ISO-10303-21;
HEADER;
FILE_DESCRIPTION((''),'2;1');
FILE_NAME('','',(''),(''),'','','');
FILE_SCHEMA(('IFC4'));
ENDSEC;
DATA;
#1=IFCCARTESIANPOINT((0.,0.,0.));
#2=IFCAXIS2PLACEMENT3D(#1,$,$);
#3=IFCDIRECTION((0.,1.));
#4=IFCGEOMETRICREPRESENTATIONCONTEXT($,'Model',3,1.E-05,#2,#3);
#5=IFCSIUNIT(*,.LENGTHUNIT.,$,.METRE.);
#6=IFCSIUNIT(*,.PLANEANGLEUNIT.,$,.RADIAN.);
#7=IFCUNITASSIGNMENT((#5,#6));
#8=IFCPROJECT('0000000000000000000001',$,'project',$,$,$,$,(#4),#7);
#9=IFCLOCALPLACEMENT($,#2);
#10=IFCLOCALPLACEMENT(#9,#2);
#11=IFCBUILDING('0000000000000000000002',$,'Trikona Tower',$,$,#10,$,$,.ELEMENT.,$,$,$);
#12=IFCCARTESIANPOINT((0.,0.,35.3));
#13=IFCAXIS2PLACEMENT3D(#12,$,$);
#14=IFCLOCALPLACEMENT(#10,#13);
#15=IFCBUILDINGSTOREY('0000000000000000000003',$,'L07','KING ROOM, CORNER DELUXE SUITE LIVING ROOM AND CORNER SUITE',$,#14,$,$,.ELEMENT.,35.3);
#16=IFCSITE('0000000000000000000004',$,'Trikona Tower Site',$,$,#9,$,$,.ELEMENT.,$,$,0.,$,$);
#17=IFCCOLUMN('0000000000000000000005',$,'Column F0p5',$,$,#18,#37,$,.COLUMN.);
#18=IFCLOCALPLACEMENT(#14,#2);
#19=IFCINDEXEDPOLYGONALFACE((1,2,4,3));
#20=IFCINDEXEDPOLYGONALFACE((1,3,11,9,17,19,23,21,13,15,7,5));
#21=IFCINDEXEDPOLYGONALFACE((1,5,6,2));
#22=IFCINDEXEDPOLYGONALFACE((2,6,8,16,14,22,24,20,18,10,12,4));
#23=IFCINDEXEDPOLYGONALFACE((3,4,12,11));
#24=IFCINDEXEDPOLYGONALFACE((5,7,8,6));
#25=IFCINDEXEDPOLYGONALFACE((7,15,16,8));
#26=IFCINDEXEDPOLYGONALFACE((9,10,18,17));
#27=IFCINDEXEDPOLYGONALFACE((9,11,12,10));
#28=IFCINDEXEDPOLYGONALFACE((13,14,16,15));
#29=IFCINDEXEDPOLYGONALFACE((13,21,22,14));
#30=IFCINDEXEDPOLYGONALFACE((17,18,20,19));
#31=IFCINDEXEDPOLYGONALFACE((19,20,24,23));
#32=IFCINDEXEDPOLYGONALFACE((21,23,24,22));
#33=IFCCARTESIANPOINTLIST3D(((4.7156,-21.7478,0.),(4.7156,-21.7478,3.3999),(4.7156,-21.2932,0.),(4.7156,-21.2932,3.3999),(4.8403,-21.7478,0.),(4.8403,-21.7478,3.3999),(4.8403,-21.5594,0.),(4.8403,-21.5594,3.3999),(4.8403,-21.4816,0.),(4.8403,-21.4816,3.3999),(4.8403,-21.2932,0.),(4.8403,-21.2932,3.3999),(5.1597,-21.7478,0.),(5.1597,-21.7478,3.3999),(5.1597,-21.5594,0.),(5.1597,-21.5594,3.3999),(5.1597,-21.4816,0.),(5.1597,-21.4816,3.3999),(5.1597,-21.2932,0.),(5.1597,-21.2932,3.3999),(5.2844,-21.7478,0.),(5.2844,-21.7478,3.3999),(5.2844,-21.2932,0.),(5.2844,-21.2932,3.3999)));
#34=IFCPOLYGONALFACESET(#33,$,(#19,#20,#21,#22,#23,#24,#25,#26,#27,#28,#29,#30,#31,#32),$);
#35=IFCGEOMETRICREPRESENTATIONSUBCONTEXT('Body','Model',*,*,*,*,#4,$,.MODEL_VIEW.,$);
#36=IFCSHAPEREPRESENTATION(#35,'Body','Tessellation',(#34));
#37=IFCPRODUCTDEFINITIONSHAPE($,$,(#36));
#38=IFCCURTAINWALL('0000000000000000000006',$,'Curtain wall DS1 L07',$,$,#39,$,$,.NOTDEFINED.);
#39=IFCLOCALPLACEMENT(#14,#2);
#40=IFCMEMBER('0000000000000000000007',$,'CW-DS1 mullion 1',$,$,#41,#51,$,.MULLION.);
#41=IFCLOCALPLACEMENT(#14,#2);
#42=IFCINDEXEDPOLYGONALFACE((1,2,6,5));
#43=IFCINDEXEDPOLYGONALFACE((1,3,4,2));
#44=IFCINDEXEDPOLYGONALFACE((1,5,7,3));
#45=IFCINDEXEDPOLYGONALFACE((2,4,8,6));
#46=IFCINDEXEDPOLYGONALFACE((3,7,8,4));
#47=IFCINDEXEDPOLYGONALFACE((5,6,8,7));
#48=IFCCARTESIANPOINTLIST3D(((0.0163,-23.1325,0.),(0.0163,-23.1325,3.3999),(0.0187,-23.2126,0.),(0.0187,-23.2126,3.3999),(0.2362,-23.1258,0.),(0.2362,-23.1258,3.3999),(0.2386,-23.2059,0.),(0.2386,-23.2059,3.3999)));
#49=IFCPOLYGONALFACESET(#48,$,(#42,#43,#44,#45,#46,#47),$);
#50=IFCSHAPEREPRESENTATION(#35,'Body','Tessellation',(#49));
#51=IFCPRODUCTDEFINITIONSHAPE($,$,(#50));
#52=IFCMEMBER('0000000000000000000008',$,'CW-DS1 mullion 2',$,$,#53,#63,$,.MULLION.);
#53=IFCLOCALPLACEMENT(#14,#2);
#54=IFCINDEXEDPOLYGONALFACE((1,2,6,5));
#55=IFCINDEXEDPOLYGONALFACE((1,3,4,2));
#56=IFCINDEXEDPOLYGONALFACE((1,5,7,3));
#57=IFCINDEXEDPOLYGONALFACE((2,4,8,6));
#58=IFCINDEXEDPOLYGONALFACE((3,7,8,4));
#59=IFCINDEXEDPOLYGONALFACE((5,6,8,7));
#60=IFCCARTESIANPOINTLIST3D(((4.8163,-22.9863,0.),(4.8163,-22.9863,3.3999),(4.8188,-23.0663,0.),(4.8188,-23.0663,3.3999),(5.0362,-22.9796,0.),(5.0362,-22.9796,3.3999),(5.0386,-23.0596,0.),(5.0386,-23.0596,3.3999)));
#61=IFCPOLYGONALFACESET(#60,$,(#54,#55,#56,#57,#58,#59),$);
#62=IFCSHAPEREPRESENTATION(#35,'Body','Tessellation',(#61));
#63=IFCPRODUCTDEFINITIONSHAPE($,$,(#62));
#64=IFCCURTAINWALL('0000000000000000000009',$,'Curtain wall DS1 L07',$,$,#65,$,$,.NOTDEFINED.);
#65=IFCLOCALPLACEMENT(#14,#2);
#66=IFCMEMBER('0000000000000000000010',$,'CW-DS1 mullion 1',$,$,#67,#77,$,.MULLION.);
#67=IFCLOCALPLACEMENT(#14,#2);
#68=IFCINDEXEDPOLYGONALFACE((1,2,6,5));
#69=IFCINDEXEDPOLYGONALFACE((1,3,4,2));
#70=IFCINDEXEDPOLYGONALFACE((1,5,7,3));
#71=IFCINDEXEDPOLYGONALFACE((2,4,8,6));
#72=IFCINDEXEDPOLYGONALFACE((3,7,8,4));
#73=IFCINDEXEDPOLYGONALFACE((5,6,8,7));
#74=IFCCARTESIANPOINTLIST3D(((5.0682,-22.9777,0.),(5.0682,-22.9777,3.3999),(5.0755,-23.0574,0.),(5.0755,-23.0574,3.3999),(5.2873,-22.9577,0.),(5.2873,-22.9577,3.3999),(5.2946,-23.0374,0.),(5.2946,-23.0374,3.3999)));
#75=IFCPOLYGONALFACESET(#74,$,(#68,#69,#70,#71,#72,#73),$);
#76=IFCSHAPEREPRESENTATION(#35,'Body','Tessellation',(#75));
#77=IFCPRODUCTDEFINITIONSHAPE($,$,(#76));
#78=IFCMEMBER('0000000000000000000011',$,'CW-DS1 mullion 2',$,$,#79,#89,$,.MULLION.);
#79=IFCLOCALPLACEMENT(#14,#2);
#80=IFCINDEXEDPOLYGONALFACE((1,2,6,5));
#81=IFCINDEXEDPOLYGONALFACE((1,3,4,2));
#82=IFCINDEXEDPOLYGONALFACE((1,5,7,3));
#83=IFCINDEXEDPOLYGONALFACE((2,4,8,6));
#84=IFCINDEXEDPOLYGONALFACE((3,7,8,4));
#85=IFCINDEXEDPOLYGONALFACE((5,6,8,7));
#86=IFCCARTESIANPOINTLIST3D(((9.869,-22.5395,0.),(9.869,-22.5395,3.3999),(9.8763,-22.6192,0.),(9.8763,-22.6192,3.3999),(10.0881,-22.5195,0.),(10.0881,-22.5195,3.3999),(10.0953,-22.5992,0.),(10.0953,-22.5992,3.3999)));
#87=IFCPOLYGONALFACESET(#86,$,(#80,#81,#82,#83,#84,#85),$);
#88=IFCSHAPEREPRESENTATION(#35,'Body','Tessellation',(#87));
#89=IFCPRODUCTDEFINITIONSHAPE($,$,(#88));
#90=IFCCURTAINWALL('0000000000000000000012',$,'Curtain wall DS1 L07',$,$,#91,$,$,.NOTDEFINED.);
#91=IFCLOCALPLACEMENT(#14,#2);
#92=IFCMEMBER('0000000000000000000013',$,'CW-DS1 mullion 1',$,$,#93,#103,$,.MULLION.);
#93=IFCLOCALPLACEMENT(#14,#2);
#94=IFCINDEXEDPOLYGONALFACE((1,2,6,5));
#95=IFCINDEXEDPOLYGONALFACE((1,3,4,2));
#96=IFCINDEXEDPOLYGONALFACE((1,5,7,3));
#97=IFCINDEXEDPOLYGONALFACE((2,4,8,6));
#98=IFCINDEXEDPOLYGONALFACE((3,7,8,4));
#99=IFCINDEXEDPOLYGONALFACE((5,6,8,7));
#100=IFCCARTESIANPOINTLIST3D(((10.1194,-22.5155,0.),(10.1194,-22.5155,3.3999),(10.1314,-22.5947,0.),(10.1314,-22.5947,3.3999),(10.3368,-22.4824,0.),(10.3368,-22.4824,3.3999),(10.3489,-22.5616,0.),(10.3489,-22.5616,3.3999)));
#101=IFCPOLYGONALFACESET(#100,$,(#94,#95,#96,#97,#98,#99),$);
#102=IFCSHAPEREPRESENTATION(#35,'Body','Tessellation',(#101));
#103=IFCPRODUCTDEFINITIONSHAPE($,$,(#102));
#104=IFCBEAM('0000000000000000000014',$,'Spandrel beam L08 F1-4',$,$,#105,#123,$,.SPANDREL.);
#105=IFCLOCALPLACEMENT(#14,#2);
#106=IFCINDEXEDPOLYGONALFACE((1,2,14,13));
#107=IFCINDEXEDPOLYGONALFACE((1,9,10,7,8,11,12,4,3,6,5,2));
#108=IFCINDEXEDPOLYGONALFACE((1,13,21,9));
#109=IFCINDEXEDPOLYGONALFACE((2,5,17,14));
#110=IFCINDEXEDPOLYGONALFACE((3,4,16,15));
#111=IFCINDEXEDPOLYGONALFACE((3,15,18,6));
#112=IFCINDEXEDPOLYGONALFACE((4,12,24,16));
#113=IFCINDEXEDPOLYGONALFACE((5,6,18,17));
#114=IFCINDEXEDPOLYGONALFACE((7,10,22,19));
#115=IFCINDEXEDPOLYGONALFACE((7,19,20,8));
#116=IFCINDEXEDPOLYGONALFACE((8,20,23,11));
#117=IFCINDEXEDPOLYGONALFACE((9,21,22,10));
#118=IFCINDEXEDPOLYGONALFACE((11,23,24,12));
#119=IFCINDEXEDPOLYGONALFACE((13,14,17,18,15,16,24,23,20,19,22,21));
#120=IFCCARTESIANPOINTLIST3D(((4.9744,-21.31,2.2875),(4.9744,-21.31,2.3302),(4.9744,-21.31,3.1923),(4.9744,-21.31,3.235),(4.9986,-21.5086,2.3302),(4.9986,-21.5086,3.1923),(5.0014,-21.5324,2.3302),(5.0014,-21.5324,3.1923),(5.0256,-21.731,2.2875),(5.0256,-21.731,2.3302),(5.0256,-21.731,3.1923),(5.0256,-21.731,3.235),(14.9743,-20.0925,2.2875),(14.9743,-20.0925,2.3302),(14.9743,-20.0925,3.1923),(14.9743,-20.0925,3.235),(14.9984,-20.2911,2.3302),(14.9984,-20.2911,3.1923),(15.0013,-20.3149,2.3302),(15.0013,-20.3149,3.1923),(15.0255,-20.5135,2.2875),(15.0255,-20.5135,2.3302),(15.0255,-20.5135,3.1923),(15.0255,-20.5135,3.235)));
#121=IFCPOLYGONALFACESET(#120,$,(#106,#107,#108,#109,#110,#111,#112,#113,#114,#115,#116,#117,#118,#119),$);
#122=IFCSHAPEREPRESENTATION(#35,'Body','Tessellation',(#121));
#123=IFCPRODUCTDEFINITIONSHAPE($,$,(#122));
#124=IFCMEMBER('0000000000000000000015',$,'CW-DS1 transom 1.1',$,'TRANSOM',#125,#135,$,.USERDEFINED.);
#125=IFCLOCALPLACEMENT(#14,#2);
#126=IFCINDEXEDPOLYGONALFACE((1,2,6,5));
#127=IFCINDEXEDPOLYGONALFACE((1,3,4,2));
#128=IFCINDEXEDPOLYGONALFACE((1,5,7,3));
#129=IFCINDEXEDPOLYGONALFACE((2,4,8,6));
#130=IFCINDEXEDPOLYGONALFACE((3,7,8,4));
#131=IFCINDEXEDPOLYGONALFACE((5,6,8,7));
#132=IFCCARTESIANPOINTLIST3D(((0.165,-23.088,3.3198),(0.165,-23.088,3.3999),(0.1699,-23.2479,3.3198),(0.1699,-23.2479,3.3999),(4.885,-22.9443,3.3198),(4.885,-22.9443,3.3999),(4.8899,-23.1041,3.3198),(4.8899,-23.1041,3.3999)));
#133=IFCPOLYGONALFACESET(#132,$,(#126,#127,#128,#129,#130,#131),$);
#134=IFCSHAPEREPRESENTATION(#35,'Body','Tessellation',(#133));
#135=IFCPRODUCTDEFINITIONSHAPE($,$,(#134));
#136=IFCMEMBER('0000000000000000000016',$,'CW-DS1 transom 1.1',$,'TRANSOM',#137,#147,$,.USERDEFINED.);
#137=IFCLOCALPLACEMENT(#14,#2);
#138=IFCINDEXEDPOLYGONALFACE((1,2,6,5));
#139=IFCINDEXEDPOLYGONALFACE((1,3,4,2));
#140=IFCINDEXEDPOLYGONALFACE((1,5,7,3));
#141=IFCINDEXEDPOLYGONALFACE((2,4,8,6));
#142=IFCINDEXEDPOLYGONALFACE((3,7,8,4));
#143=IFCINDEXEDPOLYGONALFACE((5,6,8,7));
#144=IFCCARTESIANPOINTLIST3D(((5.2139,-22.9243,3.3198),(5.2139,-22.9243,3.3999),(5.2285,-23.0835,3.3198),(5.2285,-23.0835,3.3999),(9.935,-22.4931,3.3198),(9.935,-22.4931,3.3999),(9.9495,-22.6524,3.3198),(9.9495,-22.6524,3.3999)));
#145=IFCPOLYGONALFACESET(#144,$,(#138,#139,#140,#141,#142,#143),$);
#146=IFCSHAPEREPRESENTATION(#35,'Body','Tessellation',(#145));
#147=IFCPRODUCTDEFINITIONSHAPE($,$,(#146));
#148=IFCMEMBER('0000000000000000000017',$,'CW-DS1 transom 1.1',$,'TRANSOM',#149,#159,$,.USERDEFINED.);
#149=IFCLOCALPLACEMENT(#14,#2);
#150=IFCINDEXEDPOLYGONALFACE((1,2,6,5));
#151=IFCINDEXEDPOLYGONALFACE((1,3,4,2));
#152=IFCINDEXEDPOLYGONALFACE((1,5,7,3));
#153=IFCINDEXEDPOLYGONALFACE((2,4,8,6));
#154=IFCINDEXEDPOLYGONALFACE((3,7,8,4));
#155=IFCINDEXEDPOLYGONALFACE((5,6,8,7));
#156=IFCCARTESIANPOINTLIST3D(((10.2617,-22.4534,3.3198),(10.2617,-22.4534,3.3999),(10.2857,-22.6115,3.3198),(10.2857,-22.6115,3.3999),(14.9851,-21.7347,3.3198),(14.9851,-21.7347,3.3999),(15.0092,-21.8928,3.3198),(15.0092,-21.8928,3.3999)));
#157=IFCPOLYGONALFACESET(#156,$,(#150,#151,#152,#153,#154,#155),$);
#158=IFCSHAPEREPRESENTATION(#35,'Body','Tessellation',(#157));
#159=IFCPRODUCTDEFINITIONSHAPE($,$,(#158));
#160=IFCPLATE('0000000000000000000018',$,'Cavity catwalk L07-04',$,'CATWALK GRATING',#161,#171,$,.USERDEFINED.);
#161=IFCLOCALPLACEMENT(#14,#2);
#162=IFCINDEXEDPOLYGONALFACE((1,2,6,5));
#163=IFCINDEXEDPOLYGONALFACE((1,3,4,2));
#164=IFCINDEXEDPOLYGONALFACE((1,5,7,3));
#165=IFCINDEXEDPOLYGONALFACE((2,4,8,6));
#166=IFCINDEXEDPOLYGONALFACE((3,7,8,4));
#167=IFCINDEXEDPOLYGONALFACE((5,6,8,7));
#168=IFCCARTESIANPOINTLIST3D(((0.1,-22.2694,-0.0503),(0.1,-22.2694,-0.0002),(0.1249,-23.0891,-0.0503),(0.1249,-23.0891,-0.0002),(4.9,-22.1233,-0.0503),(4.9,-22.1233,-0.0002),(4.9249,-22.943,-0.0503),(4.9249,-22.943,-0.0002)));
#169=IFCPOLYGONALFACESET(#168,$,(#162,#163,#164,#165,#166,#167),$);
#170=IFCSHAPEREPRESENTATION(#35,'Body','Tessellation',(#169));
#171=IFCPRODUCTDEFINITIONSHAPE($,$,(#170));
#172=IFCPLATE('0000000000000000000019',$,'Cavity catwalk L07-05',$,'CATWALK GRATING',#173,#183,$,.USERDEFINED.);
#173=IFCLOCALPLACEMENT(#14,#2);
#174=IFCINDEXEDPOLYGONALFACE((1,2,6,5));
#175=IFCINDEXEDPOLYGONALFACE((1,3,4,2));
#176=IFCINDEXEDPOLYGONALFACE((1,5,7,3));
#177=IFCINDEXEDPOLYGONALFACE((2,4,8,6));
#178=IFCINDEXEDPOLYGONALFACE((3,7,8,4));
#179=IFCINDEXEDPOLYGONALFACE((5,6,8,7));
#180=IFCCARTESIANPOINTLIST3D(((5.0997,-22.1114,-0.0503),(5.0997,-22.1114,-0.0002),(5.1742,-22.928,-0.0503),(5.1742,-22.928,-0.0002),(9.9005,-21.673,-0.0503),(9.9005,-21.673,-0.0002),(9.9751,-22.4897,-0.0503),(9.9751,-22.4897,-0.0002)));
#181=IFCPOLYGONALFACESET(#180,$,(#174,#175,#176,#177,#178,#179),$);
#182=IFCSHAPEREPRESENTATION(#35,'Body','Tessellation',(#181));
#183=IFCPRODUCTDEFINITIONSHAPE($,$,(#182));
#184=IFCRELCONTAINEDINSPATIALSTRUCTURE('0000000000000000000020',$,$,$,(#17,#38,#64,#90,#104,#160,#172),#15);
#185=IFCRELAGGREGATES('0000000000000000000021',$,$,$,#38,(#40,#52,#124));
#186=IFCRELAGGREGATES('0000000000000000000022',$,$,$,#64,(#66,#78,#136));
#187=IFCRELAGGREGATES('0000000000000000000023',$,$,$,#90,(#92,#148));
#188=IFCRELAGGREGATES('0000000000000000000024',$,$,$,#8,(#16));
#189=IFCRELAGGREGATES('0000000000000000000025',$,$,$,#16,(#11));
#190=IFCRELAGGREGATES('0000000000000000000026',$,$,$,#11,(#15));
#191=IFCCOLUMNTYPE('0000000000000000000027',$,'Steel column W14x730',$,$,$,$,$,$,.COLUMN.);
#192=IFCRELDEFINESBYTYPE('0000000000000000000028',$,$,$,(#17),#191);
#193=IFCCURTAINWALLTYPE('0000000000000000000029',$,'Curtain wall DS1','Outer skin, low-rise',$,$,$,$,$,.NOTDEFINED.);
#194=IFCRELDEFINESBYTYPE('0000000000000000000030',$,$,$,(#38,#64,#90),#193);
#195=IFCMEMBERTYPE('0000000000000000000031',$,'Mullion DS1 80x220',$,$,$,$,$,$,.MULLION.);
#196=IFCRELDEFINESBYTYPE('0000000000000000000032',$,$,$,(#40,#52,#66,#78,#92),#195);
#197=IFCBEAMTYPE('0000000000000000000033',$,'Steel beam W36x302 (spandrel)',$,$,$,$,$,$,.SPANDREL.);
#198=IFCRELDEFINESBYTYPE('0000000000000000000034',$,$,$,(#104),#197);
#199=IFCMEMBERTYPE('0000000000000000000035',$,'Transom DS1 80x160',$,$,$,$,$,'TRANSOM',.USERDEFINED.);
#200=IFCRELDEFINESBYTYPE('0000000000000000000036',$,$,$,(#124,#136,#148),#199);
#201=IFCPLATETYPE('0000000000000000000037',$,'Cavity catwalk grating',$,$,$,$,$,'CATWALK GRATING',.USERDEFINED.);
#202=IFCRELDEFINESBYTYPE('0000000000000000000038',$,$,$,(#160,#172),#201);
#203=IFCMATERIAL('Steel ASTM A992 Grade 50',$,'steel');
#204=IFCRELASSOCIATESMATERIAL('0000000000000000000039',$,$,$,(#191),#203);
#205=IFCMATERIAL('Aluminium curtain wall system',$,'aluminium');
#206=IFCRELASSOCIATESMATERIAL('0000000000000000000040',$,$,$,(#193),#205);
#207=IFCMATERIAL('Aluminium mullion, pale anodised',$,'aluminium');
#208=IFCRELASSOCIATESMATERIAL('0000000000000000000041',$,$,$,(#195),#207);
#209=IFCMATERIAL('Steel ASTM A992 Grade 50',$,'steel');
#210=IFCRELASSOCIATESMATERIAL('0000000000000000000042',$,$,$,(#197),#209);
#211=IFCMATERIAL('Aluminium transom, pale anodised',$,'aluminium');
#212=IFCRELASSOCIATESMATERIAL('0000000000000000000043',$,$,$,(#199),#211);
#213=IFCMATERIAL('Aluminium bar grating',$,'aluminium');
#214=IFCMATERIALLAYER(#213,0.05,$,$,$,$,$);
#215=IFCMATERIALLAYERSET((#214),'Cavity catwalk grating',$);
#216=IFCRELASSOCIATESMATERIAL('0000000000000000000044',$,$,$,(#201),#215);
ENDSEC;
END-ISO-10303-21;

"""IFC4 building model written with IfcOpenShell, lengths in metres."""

from ifc_helpers import new_model, si_unit, direction, frame, origin, origin_2d, place, context, subcontext, project, spatial, rectangle, i_section, extrude, material, layer, layer_set, material_profile, profile_set, type_object, element, aggregate, save


model = new_model("IFC4")

# Units and contexts
model_context = context("Model", 3, precision=1e-05, world=origin(), true_north=direction((0.0, 1.0)))
body_context = subcontext(model_context, "Body", "Model", "MODEL_VIEW")
ifc_project = project(units=[si_unit("LENGTHUNIT", "METRE"), si_unit("PLANEANGLEUNIT", "RADIAN")], contexts=[model_context])

# Site, building, storey
site_placement = place(None, origin())
site = spatial("IfcSite", under=ifc_project, at=site_placement, Name="Trikona Tower Site", CompositionType="ELEMENT", RefElevation=0.0)
building_placement = place(site_placement, origin())
building = spatial("IfcBuilding", under=site, at=building_placement, Name="Trikona Tower", CompositionType="ELEMENT")
storey_placement = place(building_placement, frame((0.0, 0.0, 35.3)))
storey = spatial("IfcBuildingStorey", under=building, at=storey_placement, Name="L07", Description="KING ROOM, CORNER DELUXE SUITE LIVING ROOM AND CORNER SUITE", CompositionType="ELEMENT", Elevation=35.3)

# Column
ifc_material_1 = material(Name="Steel ASTM A992 Grade 50", Category="steel")
ifc_material_profile_1 = material_profile(ifc_material_1, i_section(OverallWidth=0.4546, OverallDepth=0.5688, WebThickness=0.0779, FlangeThickness=0.1248, at=origin_2d()), Name="W14X730")
ifc_profile_set_1 = profile_set([ifc_material_profile_1], Name="Steel ASTM A992 Grade 50")
column_type = type_object("IfcColumnType", Name="Steel column W14x730", PredefinedType="COLUMN", material=ifc_profile_set_1)
column_placement = place(storey_placement, frame((5.0, -21.5205, 0.0), z_axis=(0.0, 0.0, 1.0), x_axis=(0.0, -1.0, 0.0)))
element("IfcColumn", 1, at=column_placement, inside=storey, type_object=column_type, Name="Column F0p5", PredefinedType="COLUMN", context=body_context, shape_type="SweptSolid", body=[
    extrude(i_section(OverallWidth=0.4546, OverallDepth=0.5688, WebThickness=0.0779, FlangeThickness=0.1248, at=origin_2d()), origin(), (0.0, 0.0, 1.0), 3.3999),
])

# Curtain walls, members
ifc_material_2 = material(Name="Aluminium curtain wall system", Category="aluminium")
curtain_wall_type = type_object("IfcCurtainWallType", Name="Curtain wall DS1", Description="Outer skin, low-rise", PredefinedType="NOTDEFINED", material=ifc_material_2)
curtain_wall_1_placement = place(storey_placement, origin())
curtain_wall_1 = element("IfcCurtainWall", 2, at=curtain_wall_1_placement, inside=storey, type_object=curtain_wall_type, Name="Curtain wall DS1 L07", PredefinedType="NOTDEFINED")
ifc_material_3 = material(Name="Aluminium mullion, pale anodised", Category="aluminium")
ifc_material_profile_2 = material_profile(ifc_material_3, rectangle(XDim=0.0801, YDim=0.22, at=origin_2d()), Name="MUL-DS1")
ifc_profile_set_2 = profile_set([ifc_material_profile_2], Name="Aluminium mullion, pale anodised")
member_type_1 = type_object("IfcMemberType", Name="Mullion DS1 80x220", PredefinedType="MULLION", material=ifc_profile_set_2)
member_1_placement = place(storey_placement, frame((0.1274, -23.1692, 0.0), z_axis=(0.0, 0.0, 1.0), x_axis=(-0.030437, 0.999537, 0.0)))
member_1 = element("IfcMember", 3, at=member_1_placement, type_object=member_type_1, Name="CW-DS1 mullion 1", PredefinedType="MULLION", context=body_context, shape_type="SweptSolid", body=[
    extrude(rectangle(XDim=0.0801, YDim=0.22, at=origin_2d()), origin(), (0.0, 0.0, 1.0), 3.3999),
])
member_2_placement = place(storey_placement, frame((4.9275, -23.0229, 0.0), z_axis=(0.0, 0.0, 1.0), x_axis=(-0.030437, 0.999537, 0.0)))
member_2 = element("IfcMember", 4, at=member_2_placement, type_object=member_type_1, Name="CW-DS1 mullion 2", PredefinedType="MULLION", context=body_context, shape_type="SweptSolid", body=[
    extrude(rectangle(XDim=0.0801, YDim=0.22, at=origin_2d()), origin(), (0.0, 0.0, 1.0), 3.3999),
])
curtain_wall_2_placement = place(storey_placement, origin())
curtain_wall_2 = element("IfcCurtainWall", 5, at=curtain_wall_2_placement, inside=storey, type_object=curtain_wall_type, Name="Curtain wall DS1 L07", PredefinedType="NOTDEFINED")
member_3_placement = place(storey_placement, frame((5.1814, -23.0076, 0.0), z_axis=(0.0, 0.0, 1.0), x_axis=(-0.090924, 0.995858, 0.0)))
member_3 = element("IfcMember", 6, at=member_3_placement, type_object=member_type_1, Name="CW-DS1 mullion 1", PredefinedType="MULLION", context=body_context, shape_type="SweptSolid", body=[
    extrude(rectangle(XDim=0.0801, YDim=0.22, at=origin_2d()), origin(), (0.0, 0.0, 1.0), 3.3999),
])
member_4_placement = place(storey_placement, frame((9.9822, -22.5693, 0.0), z_axis=(0.0, 0.0, 1.0), x_axis=(-0.090924, 0.995858, 0.0)))
member_4 = element("IfcMember", 7, at=member_4_placement, type_object=member_type_1, Name="CW-DS1 mullion 2", PredefinedType="MULLION", context=body_context, shape_type="SweptSolid", body=[
    extrude(rectangle(XDim=0.0801, YDim=0.22, at=origin_2d()), origin(), (0.0, 0.0, 1.0), 3.3999),
])

# Curtain wall, member
curtain_wall_3_placement = place(storey_placement, origin())
curtain_wall_3 = element("IfcCurtainWall", 8, at=curtain_wall_3_placement, inside=storey, type_object=curtain_wall_type, Name="Curtain wall DS1 L07", PredefinedType="NOTDEFINED")
member_5_placement = place(storey_placement, frame((10.2341, -22.5386, 0.0), z_axis=(0.0, 0.0, 1.0), x_axis=(-0.150438, 0.988619, 0.0)))
member_5 = element("IfcMember", 9, at=member_5_placement, type_object=member_type_1, Name="CW-DS1 mullion 1", PredefinedType="MULLION", context=body_context, shape_type="SweptSolid", body=[
    extrude(rectangle(XDim=0.0801, YDim=0.22, at=origin_2d()), origin(), (0.0, 0.0, 1.0), 3.3999),
])

# Beam
ifc_material_4 = material(Name="Steel ASTM A992 Grade 50", Category="steel")
ifc_material_profile_3 = material_profile(ifc_material_4, i_section(OverallWidth=0.4241, OverallDepth=0.9475, WebThickness=0.0239, FlangeThickness=0.0427, at=origin_2d()), Name="W36X302")
ifc_profile_set_3 = profile_set([ifc_material_profile_3], Name="Steel ASTM A992 Grade 50")
beam_type = type_object("IfcBeamType", Name="Steel beam W36x302 (spandrel)", PredefinedType="SPANDREL", material=ifc_profile_set_3)
beam_placement = place(storey_placement, frame((5.0, -21.5205, 2.7612), z_axis=(0.99267, 0.12086, 0.0), x_axis=(-0.12086, 0.99267, 0.0)))
element("IfcBeam", 10, at=beam_placement, inside=storey, type_object=beam_type, Name="Spandrel beam L08 F1-4", PredefinedType="SPANDREL", context=body_context, shape_type="SweptSolid", body=[
    extrude(i_section(OverallWidth=0.4241, OverallDepth=0.9475, WebThickness=0.0239, FlangeThickness=0.0427, at=origin_2d()), origin(), (0.0, 0.0, 1.0), 10.0737),
])

# Members
ifc_material_5 = material(Name="Aluminium transom, pale anodised", Category="aluminium")
ifc_material_profile_4 = material_profile(ifc_material_5, rectangle(XDim=0.1599, YDim=0.0801, at=origin_2d()), Name="TRN-DS1")
ifc_profile_set_4 = profile_set([ifc_material_profile_4], Name="Aluminium transom, pale anodised")
member_type_2 = type_object("IfcMemberType", Name="Transom DS1 80x160", ElementType="TRANSOM", PredefinedType="USERDEFINED", material=ifc_profile_set_4)
member_6_placement = place(storey_placement, frame((0.1675, -23.168, 3.3599), z_axis=(0.999536, 0.030452, 0.0), x_axis=(-0.030452, 0.999536, 0.0)))
member_6 = element("IfcMember", 11, at=member_6_placement, type_object=member_type_2, Name="CW-DS1 transom 1.1", ObjectType="TRANSOM", PredefinedType="USERDEFINED", context=body_context, shape_type="SweptSolid", body=[
    extrude(rectangle(XDim=0.1599, YDim=0.0801, at=origin_2d()), origin(), (0.0, 0.0, 1.0), 4.7222),
])
member_7_placement = place(storey_placement, frame((5.2212, -23.0039, 3.3599), z_axis=(0.995856, 0.090944, 0.0), x_axis=(-0.090944, 0.995856, 0.0)))
member_7 = element("IfcMember", 12, at=member_7_placement, type_object=member_type_2, Name="CW-DS1 transom 1.1", ObjectType="TRANSOM", PredefinedType="USERDEFINED", context=body_context, shape_type="SweptSolid", body=[
    extrude(rectangle(XDim=0.1599, YDim=0.0801, at=origin_2d()), origin(), (0.0, 0.0, 1.0), 4.7407),
])
member_8_placement = place(storey_placement, frame((10.2737, -22.5325, 3.3599), z_axis=(0.98862, 0.150437, 0.0), x_axis=(-0.150437, 0.98862, 0.0)))
member_8 = element("IfcMember", 13, at=member_8_placement, type_object=member_type_2, Name="CW-DS1 transom 1.1", ObjectType="TRANSOM", PredefinedType="USERDEFINED", context=body_context, shape_type="SweptSolid", body=[
    extrude(rectangle(XDim=0.1599, YDim=0.0801, at=origin_2d()), origin(), (0.0, 0.0, 1.0), 4.7778),
])

# Plates
ifc_material_6 = material(Name="Aluminium bar grating", Category="aluminium")
ifc_layer_1 = layer(ifc_material_6, 0.05)
ifc_layer_set_1 = layer_set([ifc_layer_1], Name="Cavity catwalk grating")
plate_type_1 = type_object("IfcPlateType", Name="Cavity catwalk grating", ElementType="CATWALK GRATING", PredefinedType="USERDEFINED", material=ifc_layer_set_1)
plate_1_placement = place(storey_placement, frame((2.5125, -22.6062, -0.0503), z_axis=(0.0, 0.0, 1.0), x_axis=(0.999537, 0.030425, 0.0)))
element("IfcPlate", 14, at=plate_1_placement, inside=storey, type_object=plate_type_1, Name="Cavity catwalk L07-04", ObjectType="CATWALK GRATING", PredefinedType="USERDEFINED", context=body_context, shape_type="SweptSolid", body=[
    extrude(rectangle(XDim=4.8022, YDim=0.8201, at=origin_2d()), origin(), (0.0, 0.0, 1.0), 0.05),
])
plate_2_placement = place(storey_placement, frame((7.5374, -22.3005, -0.0503), z_axis=(0.0, 0.0, 1.0), x_axis=(0.995858, 0.090921, 0.0)))
element("IfcPlate", 15, at=plate_2_placement, inside=storey, type_object=plate_type_1, Name="Cavity catwalk L07-05", ObjectType="CATWALK GRATING", PredefinedType="USERDEFINED", context=body_context, shape_type="SweptSolid", body=[
    extrude(rectangle(XDim=4.8208, YDim=0.8201, at=origin_2d()), origin(), (0.0, 0.0, 1.0), 0.05),
])

aggregate(curtain_wall_1, [member_1, member_2, member_6])
aggregate(curtain_wall_2, [member_3, member_4, member_7])
aggregate(curtain_wall_3, [member_5, member_8])

save(model, "model.ifc")
